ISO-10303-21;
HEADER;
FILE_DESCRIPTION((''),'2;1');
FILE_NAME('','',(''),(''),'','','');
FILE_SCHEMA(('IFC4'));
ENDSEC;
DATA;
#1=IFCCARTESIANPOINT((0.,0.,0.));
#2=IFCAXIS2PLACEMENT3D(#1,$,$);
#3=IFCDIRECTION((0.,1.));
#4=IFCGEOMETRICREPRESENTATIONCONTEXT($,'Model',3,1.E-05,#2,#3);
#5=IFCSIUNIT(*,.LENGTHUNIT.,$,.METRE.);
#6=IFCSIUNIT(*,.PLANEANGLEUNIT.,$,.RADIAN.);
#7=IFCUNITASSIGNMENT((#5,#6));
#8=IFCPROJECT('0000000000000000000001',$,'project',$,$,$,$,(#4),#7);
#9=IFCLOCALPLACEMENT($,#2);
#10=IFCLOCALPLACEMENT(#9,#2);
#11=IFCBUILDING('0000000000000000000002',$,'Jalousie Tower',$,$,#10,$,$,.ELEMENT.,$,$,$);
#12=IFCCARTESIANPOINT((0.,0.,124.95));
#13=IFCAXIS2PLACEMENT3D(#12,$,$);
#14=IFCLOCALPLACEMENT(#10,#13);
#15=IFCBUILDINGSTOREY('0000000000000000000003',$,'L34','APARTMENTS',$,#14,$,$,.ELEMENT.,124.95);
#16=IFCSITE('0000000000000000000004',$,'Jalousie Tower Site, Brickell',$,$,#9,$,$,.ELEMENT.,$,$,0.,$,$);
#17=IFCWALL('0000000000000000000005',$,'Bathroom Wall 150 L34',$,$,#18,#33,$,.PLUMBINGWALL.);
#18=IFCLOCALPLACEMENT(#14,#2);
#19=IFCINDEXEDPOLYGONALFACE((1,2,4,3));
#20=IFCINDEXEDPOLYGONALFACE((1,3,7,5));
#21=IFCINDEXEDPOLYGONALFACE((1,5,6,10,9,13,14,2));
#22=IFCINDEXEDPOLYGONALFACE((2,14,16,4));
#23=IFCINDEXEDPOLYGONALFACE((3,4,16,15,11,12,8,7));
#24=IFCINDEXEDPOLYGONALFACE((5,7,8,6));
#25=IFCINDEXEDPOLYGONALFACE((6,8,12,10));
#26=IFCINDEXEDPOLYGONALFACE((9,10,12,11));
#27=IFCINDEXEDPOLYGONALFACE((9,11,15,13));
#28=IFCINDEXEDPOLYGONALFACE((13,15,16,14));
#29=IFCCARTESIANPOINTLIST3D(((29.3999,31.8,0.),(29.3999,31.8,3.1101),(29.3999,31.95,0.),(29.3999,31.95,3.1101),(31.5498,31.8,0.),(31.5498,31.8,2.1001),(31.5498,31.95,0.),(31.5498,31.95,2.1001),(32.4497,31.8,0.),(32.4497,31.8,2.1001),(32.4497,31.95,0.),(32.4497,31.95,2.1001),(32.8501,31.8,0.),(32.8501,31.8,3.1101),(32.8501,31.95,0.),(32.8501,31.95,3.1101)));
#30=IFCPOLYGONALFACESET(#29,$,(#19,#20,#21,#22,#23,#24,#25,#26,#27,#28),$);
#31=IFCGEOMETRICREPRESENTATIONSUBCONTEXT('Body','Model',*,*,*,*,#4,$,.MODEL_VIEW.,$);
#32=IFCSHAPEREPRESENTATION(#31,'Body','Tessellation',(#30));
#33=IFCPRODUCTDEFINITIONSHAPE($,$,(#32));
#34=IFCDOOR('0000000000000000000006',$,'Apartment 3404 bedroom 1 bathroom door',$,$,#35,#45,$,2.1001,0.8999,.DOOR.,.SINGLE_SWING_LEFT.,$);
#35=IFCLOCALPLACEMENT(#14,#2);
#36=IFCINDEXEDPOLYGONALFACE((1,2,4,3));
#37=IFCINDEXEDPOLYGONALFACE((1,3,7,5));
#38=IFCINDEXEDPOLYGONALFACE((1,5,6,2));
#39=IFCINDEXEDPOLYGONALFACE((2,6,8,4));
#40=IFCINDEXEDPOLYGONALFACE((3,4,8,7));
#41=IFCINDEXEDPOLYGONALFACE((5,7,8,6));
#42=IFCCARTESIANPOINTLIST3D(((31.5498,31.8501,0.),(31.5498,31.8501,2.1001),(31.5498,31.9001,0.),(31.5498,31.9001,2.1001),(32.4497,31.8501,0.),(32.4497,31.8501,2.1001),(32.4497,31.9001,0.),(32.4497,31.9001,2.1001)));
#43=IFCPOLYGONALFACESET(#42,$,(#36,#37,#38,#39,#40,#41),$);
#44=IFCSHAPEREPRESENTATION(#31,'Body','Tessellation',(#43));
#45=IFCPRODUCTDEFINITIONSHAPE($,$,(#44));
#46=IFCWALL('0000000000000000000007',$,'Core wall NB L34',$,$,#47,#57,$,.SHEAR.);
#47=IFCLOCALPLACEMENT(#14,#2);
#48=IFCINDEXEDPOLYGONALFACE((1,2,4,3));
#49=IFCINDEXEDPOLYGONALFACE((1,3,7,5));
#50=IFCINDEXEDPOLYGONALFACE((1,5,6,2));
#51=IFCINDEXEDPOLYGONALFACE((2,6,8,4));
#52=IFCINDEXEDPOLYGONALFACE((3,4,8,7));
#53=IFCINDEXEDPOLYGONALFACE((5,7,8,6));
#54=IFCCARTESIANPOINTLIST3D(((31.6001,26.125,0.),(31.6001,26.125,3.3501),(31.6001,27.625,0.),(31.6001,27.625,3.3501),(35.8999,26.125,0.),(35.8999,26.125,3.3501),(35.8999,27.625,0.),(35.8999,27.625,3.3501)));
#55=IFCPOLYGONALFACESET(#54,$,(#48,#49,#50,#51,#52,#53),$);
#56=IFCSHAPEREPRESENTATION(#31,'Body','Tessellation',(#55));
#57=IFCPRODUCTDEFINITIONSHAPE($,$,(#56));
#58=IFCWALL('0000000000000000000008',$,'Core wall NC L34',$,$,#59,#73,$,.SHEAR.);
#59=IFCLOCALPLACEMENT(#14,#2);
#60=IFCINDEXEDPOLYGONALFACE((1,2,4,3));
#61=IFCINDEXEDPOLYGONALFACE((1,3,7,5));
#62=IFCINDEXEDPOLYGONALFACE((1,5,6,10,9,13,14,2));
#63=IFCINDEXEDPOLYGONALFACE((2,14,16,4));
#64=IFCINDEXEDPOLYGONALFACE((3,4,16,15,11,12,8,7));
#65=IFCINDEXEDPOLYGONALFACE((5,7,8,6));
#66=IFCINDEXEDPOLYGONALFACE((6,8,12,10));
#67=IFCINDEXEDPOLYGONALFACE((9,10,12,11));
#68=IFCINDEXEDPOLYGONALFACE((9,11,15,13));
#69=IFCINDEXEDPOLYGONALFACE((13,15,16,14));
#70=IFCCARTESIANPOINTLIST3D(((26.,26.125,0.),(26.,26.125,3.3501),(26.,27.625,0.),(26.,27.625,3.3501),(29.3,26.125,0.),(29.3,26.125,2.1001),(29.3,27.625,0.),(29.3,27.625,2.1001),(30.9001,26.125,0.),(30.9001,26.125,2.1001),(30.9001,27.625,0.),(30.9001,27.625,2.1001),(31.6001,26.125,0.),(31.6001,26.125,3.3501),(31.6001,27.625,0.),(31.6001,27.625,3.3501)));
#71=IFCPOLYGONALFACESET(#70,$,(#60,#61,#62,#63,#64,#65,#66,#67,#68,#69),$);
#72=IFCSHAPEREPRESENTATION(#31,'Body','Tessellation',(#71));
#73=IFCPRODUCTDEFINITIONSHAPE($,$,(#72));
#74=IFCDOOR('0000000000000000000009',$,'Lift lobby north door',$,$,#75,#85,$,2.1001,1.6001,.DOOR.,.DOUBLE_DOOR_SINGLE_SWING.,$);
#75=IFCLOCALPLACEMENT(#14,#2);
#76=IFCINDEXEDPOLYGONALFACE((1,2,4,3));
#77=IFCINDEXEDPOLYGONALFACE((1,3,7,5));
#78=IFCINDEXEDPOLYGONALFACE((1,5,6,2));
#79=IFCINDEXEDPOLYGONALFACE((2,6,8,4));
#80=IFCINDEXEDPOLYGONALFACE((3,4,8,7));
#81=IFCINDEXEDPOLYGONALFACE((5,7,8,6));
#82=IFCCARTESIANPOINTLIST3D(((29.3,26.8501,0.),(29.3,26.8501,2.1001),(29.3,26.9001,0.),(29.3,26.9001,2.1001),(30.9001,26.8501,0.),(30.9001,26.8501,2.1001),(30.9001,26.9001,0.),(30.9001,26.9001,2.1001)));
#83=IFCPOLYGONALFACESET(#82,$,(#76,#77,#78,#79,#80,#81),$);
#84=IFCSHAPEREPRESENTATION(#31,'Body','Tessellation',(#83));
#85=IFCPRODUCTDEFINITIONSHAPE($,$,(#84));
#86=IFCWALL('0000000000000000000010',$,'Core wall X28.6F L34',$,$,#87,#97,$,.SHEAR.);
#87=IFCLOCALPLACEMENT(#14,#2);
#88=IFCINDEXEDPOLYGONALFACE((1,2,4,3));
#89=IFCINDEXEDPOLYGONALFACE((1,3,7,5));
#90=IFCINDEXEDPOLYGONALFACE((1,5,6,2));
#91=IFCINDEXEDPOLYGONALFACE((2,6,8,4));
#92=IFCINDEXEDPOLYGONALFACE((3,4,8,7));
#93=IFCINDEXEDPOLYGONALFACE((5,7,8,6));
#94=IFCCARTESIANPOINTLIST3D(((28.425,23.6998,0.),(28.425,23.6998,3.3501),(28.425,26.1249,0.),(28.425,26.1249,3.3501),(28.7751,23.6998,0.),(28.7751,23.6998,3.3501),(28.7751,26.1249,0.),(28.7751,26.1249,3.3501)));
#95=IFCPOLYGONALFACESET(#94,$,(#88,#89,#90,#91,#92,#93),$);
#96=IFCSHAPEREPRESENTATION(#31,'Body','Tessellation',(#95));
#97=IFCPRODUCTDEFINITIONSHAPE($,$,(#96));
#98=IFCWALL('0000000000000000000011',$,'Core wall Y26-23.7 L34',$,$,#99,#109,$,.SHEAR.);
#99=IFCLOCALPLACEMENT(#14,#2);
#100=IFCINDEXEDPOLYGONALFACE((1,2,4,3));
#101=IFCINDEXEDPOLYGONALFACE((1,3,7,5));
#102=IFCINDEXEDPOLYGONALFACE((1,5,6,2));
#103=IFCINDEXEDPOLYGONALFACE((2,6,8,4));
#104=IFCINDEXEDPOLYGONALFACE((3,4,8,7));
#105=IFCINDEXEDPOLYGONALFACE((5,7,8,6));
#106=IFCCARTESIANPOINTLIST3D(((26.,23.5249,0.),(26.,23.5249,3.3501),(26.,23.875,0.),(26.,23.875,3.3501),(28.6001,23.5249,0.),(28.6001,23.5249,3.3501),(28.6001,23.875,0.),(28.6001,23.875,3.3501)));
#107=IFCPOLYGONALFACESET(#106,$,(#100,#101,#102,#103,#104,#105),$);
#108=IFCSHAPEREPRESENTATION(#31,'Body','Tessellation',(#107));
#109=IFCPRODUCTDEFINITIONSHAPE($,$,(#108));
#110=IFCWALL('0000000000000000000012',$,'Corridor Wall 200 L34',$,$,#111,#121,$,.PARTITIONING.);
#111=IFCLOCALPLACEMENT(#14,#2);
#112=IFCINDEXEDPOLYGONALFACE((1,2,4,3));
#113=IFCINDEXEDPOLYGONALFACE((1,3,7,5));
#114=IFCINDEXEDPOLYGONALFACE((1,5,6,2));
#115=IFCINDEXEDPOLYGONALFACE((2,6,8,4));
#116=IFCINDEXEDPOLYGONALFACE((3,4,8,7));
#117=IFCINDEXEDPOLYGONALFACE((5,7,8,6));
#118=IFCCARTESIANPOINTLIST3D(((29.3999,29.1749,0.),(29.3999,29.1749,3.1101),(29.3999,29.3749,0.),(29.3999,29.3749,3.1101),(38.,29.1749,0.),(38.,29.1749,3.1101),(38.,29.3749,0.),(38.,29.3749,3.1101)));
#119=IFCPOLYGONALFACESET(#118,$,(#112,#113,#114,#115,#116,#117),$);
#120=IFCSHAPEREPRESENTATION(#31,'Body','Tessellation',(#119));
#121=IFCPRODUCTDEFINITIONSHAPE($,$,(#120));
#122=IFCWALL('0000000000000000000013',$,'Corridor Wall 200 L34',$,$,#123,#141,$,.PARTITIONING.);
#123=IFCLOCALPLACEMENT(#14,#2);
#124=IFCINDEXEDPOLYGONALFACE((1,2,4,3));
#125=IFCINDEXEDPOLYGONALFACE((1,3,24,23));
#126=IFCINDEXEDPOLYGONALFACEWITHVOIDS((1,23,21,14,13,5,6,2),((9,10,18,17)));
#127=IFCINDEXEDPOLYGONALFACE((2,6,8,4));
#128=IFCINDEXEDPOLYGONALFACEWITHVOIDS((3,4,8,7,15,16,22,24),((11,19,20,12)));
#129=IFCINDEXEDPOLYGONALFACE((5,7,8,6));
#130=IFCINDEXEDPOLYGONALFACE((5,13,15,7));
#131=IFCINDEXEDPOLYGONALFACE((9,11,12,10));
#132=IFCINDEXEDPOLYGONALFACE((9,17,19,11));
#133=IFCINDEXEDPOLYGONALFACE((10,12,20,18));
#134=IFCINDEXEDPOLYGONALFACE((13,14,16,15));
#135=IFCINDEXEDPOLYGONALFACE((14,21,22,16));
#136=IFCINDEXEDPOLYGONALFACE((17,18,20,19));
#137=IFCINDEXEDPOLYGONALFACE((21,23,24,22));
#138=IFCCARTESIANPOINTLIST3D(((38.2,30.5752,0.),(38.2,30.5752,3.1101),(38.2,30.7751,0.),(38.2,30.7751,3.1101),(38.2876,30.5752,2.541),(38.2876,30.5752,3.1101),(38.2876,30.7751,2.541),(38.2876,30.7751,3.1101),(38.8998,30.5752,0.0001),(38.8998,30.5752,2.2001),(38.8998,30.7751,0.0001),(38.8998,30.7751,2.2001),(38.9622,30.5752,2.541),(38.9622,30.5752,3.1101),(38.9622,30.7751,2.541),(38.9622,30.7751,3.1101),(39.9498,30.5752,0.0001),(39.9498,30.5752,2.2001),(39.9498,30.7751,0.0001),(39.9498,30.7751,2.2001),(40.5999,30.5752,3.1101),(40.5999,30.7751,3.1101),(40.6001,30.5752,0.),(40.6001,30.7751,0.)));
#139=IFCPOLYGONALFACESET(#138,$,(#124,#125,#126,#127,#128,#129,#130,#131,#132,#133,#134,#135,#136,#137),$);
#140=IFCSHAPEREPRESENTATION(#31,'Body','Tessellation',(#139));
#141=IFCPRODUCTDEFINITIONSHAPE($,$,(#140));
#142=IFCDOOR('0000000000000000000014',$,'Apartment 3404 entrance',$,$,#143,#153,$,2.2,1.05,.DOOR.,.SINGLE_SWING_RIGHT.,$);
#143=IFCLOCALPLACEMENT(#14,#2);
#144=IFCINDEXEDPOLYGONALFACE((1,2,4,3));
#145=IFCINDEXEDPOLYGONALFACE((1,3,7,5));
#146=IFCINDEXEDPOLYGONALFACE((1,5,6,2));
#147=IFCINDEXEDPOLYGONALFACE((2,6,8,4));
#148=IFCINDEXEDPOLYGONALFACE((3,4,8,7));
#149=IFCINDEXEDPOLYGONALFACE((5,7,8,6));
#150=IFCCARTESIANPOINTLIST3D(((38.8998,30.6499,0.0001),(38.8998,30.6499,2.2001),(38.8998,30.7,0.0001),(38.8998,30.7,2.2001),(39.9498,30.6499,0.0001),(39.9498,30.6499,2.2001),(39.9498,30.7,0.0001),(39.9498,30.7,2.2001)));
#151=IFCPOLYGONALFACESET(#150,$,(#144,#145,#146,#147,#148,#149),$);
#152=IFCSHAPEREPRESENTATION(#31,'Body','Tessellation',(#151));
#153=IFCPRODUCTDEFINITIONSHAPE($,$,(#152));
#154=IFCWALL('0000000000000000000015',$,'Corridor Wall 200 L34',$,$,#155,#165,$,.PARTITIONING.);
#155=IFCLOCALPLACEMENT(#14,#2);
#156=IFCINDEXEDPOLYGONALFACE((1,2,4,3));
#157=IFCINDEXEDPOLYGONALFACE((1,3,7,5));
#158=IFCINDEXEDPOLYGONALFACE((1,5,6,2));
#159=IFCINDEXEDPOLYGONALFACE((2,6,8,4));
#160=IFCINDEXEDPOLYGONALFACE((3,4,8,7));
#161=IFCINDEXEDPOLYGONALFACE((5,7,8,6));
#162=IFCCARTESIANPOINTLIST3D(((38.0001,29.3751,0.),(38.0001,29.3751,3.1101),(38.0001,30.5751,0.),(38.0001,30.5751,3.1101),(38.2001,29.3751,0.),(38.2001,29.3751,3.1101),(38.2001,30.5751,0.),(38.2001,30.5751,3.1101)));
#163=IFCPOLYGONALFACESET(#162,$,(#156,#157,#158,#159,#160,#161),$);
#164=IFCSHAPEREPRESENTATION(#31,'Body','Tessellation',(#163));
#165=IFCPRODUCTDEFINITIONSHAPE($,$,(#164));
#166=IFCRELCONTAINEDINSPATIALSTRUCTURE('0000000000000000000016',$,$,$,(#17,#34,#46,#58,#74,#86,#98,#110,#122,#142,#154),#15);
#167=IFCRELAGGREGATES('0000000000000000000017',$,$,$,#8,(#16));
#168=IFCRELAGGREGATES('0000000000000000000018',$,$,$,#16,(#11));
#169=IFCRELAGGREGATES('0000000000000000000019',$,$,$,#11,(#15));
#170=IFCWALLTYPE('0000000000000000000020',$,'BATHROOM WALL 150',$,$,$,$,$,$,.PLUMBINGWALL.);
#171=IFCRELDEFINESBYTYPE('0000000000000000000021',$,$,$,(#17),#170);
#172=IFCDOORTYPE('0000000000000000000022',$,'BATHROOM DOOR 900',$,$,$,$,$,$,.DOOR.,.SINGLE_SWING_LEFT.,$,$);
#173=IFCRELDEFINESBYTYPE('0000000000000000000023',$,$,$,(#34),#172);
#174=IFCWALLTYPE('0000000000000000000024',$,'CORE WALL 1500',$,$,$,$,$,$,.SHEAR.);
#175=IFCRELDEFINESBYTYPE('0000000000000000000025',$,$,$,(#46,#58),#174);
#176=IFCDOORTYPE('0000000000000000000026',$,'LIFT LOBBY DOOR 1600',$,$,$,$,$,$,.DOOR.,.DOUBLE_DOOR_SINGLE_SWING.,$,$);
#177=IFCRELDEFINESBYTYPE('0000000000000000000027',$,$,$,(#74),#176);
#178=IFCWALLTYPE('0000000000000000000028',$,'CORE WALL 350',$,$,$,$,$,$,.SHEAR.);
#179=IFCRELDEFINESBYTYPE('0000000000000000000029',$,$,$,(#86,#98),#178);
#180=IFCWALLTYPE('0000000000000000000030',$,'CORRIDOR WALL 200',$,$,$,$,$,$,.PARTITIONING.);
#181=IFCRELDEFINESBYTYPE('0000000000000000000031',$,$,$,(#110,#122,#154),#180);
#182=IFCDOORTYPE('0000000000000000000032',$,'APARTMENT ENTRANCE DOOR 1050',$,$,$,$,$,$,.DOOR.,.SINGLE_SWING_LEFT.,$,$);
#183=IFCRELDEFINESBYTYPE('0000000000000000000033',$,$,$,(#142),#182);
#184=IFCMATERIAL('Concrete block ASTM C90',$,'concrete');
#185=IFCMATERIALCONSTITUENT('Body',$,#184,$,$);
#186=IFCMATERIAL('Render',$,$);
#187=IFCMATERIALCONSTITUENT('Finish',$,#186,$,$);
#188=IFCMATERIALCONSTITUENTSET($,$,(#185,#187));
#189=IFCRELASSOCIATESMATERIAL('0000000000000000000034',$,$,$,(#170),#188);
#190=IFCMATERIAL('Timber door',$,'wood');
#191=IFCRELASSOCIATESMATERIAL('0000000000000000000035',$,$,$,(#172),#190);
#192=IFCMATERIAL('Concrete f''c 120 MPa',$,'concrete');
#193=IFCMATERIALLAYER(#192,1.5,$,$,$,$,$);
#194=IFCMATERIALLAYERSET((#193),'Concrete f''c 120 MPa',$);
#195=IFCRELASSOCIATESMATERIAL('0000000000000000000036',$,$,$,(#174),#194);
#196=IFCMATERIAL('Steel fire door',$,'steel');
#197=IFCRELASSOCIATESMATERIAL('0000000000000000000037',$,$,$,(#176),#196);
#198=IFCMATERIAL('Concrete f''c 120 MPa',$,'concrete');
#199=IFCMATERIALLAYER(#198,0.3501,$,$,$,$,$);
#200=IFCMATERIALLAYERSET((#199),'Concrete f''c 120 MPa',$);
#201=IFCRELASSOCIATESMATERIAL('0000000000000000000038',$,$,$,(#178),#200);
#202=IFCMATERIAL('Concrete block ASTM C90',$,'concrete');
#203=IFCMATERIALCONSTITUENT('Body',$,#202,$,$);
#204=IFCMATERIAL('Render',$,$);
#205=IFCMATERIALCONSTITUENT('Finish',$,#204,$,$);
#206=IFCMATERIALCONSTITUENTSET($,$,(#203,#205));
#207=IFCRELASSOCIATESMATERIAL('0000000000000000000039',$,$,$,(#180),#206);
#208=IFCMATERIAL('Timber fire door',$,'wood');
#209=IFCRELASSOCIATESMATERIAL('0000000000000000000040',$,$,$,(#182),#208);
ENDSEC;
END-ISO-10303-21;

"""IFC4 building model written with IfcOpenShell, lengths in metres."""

from ifc_helpers import new_model, si_unit, direction, frame, frame_2d, origin, place, context, subcontext, project, spatial, polyline, rectangle, outline, extrude, material, layer, layer_set, constituent, constituent_set, type_object, element, fill, save


model = new_model("IFC4")

# Units and contexts
model_context = context("Model", 3, precision=1e-05, world=origin(), true_north=direction((0.0, 1.0)))
body_context = subcontext(model_context, "Body", "Model", "MODEL_VIEW")
ifc_project = project(units=[si_unit("LENGTHUNIT", "METRE"), si_unit("PLANEANGLEUNIT", "RADIAN")], contexts=[model_context])

# Site, building, storey
site_placement = place(None, origin())
site = spatial("IfcSite", under=ifc_project, at=site_placement, Name="Jalousie Tower Site, Brickell", CompositionType="ELEMENT", RefElevation=0.0)
building_placement = place(site_placement, origin())
building = spatial("IfcBuilding", under=site, at=building_placement, Name="Jalousie Tower", CompositionType="ELEMENT")
storey_placement = place(building_placement, frame((0.0, 0.0, 124.95)))
storey = spatial("IfcBuildingStorey", under=building, at=storey_placement, Name="L34", Description="APARTMENTS", CompositionType="ELEMENT", Elevation=124.95)

# Wall, opening, door
ifc_material_1 = material(Name="Concrete block ASTM C90", Category="concrete")
ifc_constituent_1 = constituent(ifc_material_1, Name="Body")
ifc_material_2 = material(Name="Render")
ifc_constituent_2 = constituent(ifc_material_2, Name="Finish")
ifc_constituent_set_1 = constituent_set(constituents=[ifc_constituent_1, ifc_constituent_2])
wall_type_1 = type_object("IfcWallType", Name="BATHROOM WALL 150", PredefinedType="PLUMBINGWALL", material=ifc_constituent_set_1)
wall_1_placement = place(storey_placement, frame((29.3999, 31.875, 0.0), z_axis=(0.0, 0.0, 1.0), x_axis=(1.0, 0.0, 0.0)))
wall_1 = element("IfcWall", 1, at=wall_1_placement, inside=storey, type_object=wall_type_1, Name="Bathroom Wall 150 L34", PredefinedType="PLUMBINGWALL", context=body_context, shape_type="SweptSolid", body=[
    extrude(rectangle(XDim=3.4502, YDim=0.1499, at=frame_2d((1.7251, 0.0))), origin(), (0.0, 0.0, 1.0), 3.1101),
])
opening_1_placement = place(wall_1_placement, frame((2.1499, 0.0, 0.0)))
opening_1 = element("IfcOpeningElement", 2, at=opening_1_placement, cuts=wall_1, PredefinedType="OPENING", context=body_context, shape_type="SweptSolid", body=[
    extrude(rectangle(XDim=0.8999, YDim=2.1001, at=frame_2d((0.45, 1.05))), frame((0.0, 0.085, 0.0), z_axis=(0.0, -1.0, 0.0), x_axis=(1.0, 0.0, 0.0)), (0.0, 0.0, 1.0), 0.1699),
])
ifc_material_3 = material(Name="Timber door", Category="wood")
door_type_1 = type_object("IfcDoorType", Name="BATHROOM DOOR 900", OperationType="SINGLE_SWING_LEFT", PredefinedType="DOOR", material=ifc_material_3)
door_1_placement = place(opening_1_placement, frame((0.8999, 0.0, 0.0), z_axis=(0.0, 0.0, 1.0), x_axis=(-1.0, 0.0, 0.0)))
door_1 = element("IfcDoor", 3, at=door_1_placement, inside=storey, type_object=door_type_1, Name="Apartment 3404 bedroom 1 bathroom door", OperationType="SINGLE_SWING_LEFT", OverallHeight=2.1001, OverallWidth=0.8999, PredefinedType="DOOR", context=body_context, shape_type="SweptSolid", body=[
    extrude(rectangle(XDim=0.8999, YDim=2.1001, at=frame_2d((0.45, 1.05))), frame((0.0, 0.0249, 0.0), z_axis=(0.0, -1.0, 0.0), x_axis=(1.0, 0.0, 0.0)), (0.0, 0.0, 1.0), 0.05),
])
fill(opening_1, door_1)

# Wall
ifc_material_4 = material(Name="Concrete f'c 120 MPa", Category="concrete")
ifc_layer_1 = layer(ifc_material_4, 1.5)
ifc_layer_set_1 = layer_set([ifc_layer_1], Name="Concrete f'c 120 MPa")
wall_type_2 = type_object("IfcWallType", Name="CORE WALL 1500", PredefinedType="SHEAR", material=ifc_layer_set_1)
wall_2_placement = place(storey_placement, frame((35.8999, 26.875, 0.0), z_axis=(0.0, 0.0, 1.0), x_axis=(-1.0, 0.0, 0.0)))
element("IfcWall", 4, at=wall_2_placement, inside=storey, type_object=wall_type_2, Name="Core wall NB L34", PredefinedType="SHEAR", context=body_context, shape_type="SweptSolid", body=[
    extrude(rectangle(XDim=4.2998, YDim=1.5, at=frame_2d((2.1499, 0.0))), origin(), (0.0, 0.0, 1.0), 3.3501),
])

# Wall, opening, door
wall_3_placement = place(storey_placement, frame((31.6001, 26.875, 0.0), z_axis=(0.0, 0.0, 1.0), x_axis=(-1.0, 0.0, 0.0)))
wall_3 = element("IfcWall", 5, at=wall_3_placement, inside=storey, type_object=wall_type_2, Name="Core wall NC L34", PredefinedType="SHEAR", context=body_context, shape_type="SweptSolid", body=[
    extrude(rectangle(XDim=5.6001, YDim=1.5, at=frame_2d((2.8, 0.0))), origin(), (0.0, 0.0, 1.0), 3.3501),
])
opening_2_placement = place(wall_3_placement, frame((0.7, 0.0, 0.0)))
opening_2 = element("IfcOpeningElement", 6, at=opening_2_placement, cuts=wall_3, PredefinedType="OPENING", context=body_context, shape_type="SweptSolid", body=[
    extrude(rectangle(XDim=1.6001, YDim=2.1001, at=frame_2d((0.8, 1.05))), frame((0.0, 0.76, 0.0), z_axis=(0.0, -1.0, 0.0), x_axis=(1.0, 0.0, 0.0)), (0.0, 0.0, 1.0), 1.52),
])
ifc_material_5 = material(Name="Steel fire door", Category="steel")
door_type_2 = type_object("IfcDoorType", Name="LIFT LOBBY DOOR 1600", OperationType="DOUBLE_DOOR_SINGLE_SWING", PredefinedType="DOOR", material=ifc_material_5)
door_2_placement = place(opening_2_placement, origin())
door_2 = element("IfcDoor", 7, at=door_2_placement, inside=storey, type_object=door_type_2, Name="Lift lobby north door", OperationType="DOUBLE_DOOR_SINGLE_SWING", OverallHeight=2.1001, OverallWidth=1.6001, PredefinedType="DOOR", context=body_context, shape_type="SweptSolid", body=[
    extrude(rectangle(XDim=1.6001, YDim=2.1001, at=frame_2d((0.8, 1.05))), frame((0.0, 0.0249, 0.0), z_axis=(0.0, -1.0, 0.0), x_axis=(1.0, 0.0, 0.0)), (0.0, 0.0, 1.0), 0.05),
])
fill(opening_2, door_2)

# Walls
ifc_material_6 = material(Name="Concrete f'c 120 MPa", Category="concrete")
ifc_layer_2 = layer(ifc_material_6, 0.3501)
ifc_layer_set_2 = layer_set([ifc_layer_2], Name="Concrete f'c 120 MPa")
wall_type_3 = type_object("IfcWallType", Name="CORE WALL 350", PredefinedType="SHEAR", material=ifc_layer_set_2)
wall_4_placement = place(storey_placement, frame((28.6001, 23.7, 0.0), z_axis=(0.0, 0.0, 1.0), x_axis=(0.0, 1.0, 0.0)))
element("IfcWall", 8, at=wall_4_placement, inside=storey, type_object=wall_type_3, Name="Core wall X28.6F L34", PredefinedType="SHEAR", context=body_context, shape_type="SweptSolid", body=[
    extrude(rectangle(XDim=2.425, YDim=0.3501, at=frame_2d((1.2124, 0.0))), origin(), (0.0, 0.0, 1.0), 3.3501),
])
wall_5_placement = place(storey_placement, frame((26.0, 23.7, 0.0), z_axis=(0.0, 0.0, 1.0), x_axis=(1.0, 0.0, 0.0)))
element("IfcWall", 9, at=wall_5_placement, inside=storey, type_object=wall_type_3, Name="Core wall Y26-23.7 L34", PredefinedType="SHEAR", context=body_context, shape_type="SweptSolid", body=[
    extrude(rectangle(XDim=2.6001, YDim=0.3501, at=frame_2d((1.3, 0.0))), origin(), (0.0, 0.0, 1.0), 3.3501),
])
ifc_material_7 = material(Name="Concrete block ASTM C90", Category="concrete")
ifc_constituent_3 = constituent(ifc_material_7, Name="Body")
ifc_material_8 = material(Name="Render")
ifc_constituent_4 = constituent(ifc_material_8, Name="Finish")
ifc_constituent_set_2 = constituent_set(constituents=[ifc_constituent_3, ifc_constituent_4])
wall_type_4 = type_object("IfcWallType", Name="CORRIDOR WALL 200", PredefinedType="PARTITIONING", material=ifc_constituent_set_2)
wall_6_placement = place(storey_placement, frame((29.3999, 29.2749, 0.0), z_axis=(0.0, 0.0, 1.0), x_axis=(1.0, 0.0, 0.0)))
element("IfcWall", 10, at=wall_6_placement, inside=storey, type_object=wall_type_4, Name="Corridor Wall 200 L34", PredefinedType="PARTITIONING", context=body_context, shape_type="SweptSolid", body=[
    extrude(rectangle(XDim=8.6001, YDim=0.2, at=frame_2d((4.3, 0.0))), origin(), (0.0, 0.0, 1.0), 3.1101),
])

# Wall, opening, door
wall_7_placement = place(storey_placement, frame((38.2, 30.675, 0.0), z_axis=(0.0, 0.0, 1.0), x_axis=(1.0, 0.0, 0.0)))
wall_7 = element("IfcWall", 11, at=wall_7_placement, inside=storey, type_object=wall_type_4, Name="Corridor Wall 200 L34", PredefinedType="PARTITIONING", context=body_context, shape_type="SweptSolid", body=[
    extrude(outline(polyline([(0.0, 0.0), (2.4001, 0.0), (2.3999, 3.1101), (0.7622, 3.1101), (0.7622, 2.541), (0.0876, 2.541), (0.0876, 3.1101), (0.0, 3.1101), (0.0, 0.0)])), frame((0.0, 0.1001, 0.0), z_axis=(0.0, -1.0, 0.0), x_axis=(1.0, 0.0, 0.0)), (0.0, 0.0, 1.0), 0.2),
])
opening_3_placement = place(wall_7_placement, frame((0.7, 0.0, 0.0)))
opening_3 = element("IfcOpeningElement", 12, at=opening_3_placement, cuts=wall_7, PredefinedType="OPENING", context=body_context, shape_type="SweptSolid", body=[
    extrude(rectangle(XDim=1.05, YDim=2.2, at=frame_2d((0.5249, 1.1001))), frame((0.0, 0.1099, 0.0), z_axis=(0.0, -1.0, 0.0), x_axis=(1.0, 0.0, 0.0)), (0.0, 0.0, 1.0), 0.22),
])
ifc_material_9 = material(Name="Timber fire door", Category="wood")
door_type_3 = type_object("IfcDoorType", Name="APARTMENT ENTRANCE DOOR 1050", OperationType="SINGLE_SWING_LEFT", PredefinedType="DOOR", material=ifc_material_9)
door_3_placement = place(opening_3_placement, origin())
door_3 = element("IfcDoor", 13, at=door_3_placement, inside=storey, type_object=door_type_3, Name="Apartment 3404 entrance", OperationType="SINGLE_SWING_RIGHT", OverallHeight=2.2, OverallWidth=1.05, PredefinedType="DOOR", context=body_context, shape_type="SweptSolid", body=[
    extrude(rectangle(XDim=1.05, YDim=2.2, at=frame_2d((0.5249, 1.1001))), frame((0.0, 0.0249, 0.0), z_axis=(0.0, -1.0, 0.0), x_axis=(1.0, 0.0, 0.0)), (0.0, 0.0, 1.0), 0.05),
])
fill(opening_3, door_3)

# Wall
wall_8_placement = place(storey_placement, frame((38.1001, 29.375, 0.0), z_axis=(0.0, 0.0, 1.0), x_axis=(0.0, 1.0, 0.0)))
element("IfcWall", 14, at=wall_8_placement, inside=storey, type_object=wall_type_4, Name="Corridor Wall 200 L34", PredefinedType="PARTITIONING", context=body_context, shape_type="SweptSolid", body=[
    extrude(rectangle(XDim=1.2, YDim=0.2, at=frame_2d((0.6001, 0.0))), origin(), (0.0, 0.0, 1.0), 3.1101),
])

save(model, "model.ifc")
